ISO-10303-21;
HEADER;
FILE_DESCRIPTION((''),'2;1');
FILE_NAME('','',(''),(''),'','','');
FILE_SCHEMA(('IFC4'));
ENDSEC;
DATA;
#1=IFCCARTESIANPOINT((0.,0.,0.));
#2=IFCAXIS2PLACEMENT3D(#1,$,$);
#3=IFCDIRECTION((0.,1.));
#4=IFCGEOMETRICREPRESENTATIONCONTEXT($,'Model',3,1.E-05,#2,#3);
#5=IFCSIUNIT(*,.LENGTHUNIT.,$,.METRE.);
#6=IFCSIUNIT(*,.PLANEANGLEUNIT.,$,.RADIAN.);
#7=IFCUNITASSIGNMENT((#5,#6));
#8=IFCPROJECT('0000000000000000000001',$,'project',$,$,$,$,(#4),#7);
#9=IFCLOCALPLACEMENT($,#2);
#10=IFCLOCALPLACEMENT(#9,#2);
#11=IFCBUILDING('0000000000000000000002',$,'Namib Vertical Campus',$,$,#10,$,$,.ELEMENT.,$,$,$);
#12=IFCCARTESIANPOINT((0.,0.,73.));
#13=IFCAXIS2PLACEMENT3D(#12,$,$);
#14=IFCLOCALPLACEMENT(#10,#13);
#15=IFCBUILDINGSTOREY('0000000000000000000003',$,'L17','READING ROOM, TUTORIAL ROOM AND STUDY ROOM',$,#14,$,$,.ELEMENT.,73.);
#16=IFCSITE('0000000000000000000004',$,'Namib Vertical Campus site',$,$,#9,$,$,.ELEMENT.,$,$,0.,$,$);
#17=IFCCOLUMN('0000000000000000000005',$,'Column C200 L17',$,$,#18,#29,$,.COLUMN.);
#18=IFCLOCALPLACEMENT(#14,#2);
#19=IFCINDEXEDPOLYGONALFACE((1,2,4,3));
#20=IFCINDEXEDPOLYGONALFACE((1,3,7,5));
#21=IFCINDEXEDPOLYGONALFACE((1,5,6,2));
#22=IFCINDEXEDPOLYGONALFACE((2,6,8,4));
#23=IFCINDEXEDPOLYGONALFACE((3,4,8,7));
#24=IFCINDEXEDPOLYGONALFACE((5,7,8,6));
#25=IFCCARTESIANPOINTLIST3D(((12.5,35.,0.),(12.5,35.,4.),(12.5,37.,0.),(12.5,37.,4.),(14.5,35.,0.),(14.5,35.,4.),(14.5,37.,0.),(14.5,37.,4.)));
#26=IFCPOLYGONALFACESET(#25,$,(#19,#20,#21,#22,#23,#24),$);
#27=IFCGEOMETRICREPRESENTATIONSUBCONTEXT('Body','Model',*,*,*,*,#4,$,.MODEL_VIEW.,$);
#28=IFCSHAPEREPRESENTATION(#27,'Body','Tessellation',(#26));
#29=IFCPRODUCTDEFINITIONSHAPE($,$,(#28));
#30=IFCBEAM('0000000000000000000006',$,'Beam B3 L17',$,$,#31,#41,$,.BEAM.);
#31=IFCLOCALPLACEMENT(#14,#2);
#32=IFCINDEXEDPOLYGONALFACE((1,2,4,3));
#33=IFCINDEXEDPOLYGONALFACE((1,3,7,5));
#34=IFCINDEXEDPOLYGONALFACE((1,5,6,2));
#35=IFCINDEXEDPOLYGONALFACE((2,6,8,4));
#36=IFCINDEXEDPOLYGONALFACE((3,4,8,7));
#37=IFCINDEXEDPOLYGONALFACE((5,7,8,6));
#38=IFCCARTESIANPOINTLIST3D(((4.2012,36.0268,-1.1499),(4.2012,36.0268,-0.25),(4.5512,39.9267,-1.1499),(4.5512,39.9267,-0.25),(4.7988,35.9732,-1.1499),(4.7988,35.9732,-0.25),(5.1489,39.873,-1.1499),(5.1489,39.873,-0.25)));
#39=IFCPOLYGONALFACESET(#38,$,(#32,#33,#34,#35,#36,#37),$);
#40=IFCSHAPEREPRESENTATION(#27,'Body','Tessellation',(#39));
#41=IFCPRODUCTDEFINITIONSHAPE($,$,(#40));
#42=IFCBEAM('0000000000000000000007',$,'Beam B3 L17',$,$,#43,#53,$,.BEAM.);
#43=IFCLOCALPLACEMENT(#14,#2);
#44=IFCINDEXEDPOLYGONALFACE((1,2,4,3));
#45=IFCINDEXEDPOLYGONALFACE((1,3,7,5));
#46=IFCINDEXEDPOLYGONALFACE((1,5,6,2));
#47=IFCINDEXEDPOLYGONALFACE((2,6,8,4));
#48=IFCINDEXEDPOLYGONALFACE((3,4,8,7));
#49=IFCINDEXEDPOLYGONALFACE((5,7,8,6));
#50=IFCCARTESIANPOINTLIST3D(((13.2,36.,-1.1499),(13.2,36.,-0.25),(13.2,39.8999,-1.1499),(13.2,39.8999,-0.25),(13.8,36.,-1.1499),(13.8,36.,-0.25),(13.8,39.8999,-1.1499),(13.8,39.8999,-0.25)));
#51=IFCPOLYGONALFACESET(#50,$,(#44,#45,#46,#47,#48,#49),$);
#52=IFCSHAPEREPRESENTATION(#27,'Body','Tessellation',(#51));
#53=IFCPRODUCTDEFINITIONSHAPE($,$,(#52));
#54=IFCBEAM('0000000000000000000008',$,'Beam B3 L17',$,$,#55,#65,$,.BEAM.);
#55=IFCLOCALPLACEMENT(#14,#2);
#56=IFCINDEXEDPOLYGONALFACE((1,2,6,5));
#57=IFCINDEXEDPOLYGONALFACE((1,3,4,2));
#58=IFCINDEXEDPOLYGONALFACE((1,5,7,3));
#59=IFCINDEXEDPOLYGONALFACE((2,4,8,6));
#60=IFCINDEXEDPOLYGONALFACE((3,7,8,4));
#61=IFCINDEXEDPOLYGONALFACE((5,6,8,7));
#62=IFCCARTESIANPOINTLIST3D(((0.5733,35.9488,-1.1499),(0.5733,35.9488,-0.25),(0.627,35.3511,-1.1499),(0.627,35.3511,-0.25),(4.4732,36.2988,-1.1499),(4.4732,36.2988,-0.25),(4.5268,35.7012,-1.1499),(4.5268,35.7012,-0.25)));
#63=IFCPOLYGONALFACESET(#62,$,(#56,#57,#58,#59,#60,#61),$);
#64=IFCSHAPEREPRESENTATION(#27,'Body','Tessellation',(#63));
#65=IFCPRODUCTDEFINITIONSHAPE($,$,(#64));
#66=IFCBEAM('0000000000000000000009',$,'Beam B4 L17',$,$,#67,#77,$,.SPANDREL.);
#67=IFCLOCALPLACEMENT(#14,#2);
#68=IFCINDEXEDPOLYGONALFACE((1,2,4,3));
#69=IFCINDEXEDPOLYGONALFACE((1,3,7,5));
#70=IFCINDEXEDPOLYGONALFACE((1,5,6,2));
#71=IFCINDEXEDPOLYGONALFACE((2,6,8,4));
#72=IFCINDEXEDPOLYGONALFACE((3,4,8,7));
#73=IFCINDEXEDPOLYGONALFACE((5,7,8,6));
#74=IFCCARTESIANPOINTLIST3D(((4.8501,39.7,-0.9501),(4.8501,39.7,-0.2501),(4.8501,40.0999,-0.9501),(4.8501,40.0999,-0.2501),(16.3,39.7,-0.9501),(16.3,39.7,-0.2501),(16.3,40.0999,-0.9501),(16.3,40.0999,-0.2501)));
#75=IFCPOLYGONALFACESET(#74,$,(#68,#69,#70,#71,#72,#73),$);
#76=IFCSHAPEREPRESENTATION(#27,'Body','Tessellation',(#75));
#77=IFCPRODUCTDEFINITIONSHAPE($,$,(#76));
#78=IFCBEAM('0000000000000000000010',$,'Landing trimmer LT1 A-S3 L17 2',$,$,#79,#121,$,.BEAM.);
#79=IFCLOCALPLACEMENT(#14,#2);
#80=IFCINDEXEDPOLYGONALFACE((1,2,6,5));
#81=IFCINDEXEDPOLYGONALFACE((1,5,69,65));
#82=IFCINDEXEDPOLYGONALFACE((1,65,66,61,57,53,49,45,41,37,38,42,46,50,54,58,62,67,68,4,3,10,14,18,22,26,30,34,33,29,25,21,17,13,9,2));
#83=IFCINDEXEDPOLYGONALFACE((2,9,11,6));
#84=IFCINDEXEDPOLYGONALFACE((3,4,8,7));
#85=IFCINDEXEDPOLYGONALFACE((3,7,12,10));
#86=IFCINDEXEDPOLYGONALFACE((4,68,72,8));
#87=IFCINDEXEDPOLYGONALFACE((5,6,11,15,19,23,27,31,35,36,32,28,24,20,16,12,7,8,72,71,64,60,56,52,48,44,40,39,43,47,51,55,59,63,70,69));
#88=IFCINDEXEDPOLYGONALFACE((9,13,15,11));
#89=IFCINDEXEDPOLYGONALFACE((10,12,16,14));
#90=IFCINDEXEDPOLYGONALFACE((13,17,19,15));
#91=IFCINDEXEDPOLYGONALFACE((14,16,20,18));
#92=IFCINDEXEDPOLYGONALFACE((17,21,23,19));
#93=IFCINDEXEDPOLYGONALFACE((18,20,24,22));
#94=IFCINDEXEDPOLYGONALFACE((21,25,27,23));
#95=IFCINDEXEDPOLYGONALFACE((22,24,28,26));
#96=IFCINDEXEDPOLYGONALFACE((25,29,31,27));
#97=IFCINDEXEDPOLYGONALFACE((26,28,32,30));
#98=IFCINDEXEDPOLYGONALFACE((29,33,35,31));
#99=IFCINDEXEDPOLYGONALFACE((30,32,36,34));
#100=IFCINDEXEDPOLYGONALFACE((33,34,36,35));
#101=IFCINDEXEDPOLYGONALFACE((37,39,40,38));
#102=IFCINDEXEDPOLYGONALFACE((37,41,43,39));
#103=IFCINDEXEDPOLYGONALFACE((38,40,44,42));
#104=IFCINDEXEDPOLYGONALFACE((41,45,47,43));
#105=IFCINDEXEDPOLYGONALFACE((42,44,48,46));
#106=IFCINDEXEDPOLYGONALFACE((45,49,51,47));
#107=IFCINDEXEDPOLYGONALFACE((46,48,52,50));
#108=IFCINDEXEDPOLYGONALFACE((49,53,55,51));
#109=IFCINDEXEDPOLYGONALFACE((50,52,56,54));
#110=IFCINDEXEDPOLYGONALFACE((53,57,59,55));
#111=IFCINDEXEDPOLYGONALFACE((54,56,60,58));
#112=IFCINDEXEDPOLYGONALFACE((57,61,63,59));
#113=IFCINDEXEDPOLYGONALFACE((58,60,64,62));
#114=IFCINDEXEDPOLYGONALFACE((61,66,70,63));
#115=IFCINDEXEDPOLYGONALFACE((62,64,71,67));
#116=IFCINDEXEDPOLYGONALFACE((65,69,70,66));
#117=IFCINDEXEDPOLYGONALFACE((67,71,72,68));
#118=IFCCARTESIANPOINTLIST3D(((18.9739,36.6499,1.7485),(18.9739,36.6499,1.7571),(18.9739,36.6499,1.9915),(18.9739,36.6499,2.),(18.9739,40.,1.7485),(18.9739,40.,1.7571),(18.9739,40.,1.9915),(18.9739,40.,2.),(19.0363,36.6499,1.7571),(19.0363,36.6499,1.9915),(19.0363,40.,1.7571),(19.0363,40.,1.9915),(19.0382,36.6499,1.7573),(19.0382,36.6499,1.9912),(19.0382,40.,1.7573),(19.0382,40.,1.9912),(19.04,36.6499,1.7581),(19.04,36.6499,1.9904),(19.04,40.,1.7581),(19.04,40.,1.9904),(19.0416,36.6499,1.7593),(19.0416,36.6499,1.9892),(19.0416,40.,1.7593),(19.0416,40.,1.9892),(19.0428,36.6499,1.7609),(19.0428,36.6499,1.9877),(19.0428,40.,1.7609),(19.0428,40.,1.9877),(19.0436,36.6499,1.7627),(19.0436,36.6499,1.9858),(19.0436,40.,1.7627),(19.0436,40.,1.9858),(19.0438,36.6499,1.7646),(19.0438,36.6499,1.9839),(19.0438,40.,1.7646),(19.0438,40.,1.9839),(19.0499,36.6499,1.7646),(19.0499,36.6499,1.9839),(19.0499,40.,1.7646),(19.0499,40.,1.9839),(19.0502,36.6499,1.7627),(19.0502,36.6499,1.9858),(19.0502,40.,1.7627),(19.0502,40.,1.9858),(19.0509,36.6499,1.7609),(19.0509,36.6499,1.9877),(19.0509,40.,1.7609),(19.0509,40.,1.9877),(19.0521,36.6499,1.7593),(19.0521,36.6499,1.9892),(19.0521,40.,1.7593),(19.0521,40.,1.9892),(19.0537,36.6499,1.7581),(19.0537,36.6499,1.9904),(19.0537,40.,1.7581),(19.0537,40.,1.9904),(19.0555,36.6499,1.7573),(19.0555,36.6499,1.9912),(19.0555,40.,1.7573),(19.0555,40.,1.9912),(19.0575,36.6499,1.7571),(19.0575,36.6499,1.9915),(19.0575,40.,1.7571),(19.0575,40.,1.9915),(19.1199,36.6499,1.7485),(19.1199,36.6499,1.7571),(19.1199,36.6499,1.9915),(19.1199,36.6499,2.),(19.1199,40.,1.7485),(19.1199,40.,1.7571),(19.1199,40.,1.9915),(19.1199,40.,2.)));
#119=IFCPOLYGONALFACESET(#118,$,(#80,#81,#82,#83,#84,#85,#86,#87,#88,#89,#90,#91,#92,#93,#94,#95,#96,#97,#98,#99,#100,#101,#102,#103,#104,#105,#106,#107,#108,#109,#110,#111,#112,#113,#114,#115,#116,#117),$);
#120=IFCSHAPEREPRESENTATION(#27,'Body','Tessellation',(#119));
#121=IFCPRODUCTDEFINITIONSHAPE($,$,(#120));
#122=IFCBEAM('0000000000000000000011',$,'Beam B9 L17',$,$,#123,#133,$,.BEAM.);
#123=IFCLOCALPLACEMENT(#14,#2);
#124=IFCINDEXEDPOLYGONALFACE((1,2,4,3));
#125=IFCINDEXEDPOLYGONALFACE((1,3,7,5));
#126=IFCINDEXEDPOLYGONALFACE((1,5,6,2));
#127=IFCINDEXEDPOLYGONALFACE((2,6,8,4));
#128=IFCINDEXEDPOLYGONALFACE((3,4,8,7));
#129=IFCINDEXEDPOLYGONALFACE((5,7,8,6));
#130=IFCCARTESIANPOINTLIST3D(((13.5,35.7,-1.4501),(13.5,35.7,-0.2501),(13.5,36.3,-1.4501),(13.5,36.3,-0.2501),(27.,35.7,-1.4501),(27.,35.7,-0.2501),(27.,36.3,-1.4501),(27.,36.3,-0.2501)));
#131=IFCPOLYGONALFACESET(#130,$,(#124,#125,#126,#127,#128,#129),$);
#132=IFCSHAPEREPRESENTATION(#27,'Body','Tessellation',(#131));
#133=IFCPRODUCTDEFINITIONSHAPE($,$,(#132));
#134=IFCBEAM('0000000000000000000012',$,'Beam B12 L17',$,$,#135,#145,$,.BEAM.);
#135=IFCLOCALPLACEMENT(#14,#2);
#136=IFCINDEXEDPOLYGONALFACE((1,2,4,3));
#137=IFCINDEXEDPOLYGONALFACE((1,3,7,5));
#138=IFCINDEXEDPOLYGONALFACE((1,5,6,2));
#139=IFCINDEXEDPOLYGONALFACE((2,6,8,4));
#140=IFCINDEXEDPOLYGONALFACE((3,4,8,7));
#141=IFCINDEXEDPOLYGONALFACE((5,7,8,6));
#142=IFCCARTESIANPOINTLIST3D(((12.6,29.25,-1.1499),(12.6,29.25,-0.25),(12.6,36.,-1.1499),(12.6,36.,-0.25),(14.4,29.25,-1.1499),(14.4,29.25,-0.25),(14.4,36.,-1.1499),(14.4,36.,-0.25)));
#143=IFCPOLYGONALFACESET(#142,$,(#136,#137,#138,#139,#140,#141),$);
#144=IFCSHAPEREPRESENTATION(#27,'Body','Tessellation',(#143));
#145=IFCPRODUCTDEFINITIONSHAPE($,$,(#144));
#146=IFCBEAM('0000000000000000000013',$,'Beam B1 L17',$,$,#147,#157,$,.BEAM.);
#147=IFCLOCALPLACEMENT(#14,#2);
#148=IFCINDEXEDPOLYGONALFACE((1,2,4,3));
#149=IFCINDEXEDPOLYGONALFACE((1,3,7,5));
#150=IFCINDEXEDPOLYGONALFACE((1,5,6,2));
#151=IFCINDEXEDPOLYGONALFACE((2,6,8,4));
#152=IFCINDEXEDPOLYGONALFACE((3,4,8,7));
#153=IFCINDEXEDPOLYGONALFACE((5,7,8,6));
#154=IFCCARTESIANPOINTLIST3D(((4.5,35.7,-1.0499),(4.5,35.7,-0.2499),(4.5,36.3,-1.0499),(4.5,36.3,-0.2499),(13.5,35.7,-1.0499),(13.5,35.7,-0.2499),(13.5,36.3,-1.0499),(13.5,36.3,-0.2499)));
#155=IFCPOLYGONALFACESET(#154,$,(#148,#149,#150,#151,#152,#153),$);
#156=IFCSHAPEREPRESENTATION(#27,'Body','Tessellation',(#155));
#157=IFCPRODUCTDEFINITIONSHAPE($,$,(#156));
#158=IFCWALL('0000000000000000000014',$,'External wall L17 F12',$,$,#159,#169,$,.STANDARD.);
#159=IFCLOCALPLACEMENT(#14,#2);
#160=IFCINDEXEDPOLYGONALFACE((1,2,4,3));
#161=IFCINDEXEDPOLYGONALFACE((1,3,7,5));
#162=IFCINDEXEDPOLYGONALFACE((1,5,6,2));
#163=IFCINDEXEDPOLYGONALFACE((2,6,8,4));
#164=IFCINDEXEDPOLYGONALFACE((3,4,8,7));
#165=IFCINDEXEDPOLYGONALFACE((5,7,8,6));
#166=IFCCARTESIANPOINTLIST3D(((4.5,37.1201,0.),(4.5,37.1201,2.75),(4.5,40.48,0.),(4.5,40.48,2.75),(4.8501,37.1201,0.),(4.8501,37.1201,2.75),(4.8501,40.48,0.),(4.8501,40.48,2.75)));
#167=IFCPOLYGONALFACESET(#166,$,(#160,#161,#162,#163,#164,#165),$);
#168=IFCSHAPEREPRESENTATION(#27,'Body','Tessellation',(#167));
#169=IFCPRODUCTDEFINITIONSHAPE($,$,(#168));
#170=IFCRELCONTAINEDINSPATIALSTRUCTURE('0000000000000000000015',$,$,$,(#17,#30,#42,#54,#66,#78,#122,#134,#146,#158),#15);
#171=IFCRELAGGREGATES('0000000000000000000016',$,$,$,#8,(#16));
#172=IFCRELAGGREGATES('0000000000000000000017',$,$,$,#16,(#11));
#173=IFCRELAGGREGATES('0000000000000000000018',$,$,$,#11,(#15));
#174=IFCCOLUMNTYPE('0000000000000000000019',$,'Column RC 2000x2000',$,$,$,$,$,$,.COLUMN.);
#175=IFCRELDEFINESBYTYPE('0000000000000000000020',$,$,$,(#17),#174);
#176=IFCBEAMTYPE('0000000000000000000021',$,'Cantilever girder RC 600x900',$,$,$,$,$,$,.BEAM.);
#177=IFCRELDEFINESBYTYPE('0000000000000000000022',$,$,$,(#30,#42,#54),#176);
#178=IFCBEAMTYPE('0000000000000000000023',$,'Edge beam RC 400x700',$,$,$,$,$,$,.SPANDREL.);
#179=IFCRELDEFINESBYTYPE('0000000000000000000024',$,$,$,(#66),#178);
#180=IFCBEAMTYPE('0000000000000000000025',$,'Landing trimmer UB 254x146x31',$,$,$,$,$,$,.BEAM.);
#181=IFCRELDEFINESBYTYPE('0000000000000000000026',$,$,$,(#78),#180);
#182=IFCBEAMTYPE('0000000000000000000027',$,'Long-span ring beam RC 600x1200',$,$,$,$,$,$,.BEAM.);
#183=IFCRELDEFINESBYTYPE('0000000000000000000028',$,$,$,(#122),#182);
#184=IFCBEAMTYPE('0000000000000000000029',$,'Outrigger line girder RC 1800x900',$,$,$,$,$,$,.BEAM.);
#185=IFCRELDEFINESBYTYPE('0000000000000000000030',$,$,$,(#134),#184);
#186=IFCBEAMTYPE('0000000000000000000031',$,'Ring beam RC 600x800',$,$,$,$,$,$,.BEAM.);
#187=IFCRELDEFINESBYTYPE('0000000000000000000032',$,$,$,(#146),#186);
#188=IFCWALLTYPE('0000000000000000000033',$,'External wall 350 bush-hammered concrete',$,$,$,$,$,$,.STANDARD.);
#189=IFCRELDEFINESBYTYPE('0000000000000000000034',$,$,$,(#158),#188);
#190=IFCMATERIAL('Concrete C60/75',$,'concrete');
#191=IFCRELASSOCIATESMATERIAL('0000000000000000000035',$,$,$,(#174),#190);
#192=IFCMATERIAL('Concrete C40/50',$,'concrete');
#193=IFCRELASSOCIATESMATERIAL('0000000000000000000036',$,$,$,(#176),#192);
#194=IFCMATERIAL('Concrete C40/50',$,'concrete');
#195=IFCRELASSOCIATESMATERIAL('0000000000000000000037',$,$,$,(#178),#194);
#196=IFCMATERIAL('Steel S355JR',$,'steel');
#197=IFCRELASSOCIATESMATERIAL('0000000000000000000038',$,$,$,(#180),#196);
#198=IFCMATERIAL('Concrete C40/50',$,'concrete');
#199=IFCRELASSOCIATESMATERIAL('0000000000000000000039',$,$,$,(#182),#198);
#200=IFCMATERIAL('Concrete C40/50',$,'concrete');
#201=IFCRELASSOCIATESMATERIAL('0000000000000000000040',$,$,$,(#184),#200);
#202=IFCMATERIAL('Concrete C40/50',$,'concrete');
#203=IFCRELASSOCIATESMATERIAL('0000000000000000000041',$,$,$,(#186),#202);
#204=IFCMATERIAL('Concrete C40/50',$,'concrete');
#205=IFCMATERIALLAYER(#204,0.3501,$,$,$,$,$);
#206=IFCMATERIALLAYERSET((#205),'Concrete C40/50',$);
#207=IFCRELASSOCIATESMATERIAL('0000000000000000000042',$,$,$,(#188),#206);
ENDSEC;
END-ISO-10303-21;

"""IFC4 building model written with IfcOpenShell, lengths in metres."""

from ifc_helpers import new_model, si_unit, direction, frame, frame_2d, origin, origin_2d, place, context, subcontext, project, spatial, rectangle, i_section, extrude, material, layer, layer_set, material_profile, profile_set, type_object, element, save


model = new_model("IFC4")

# Units and contexts
model_context = context("Model", 3, precision=1e-05, world=origin(), true_north=direction((0.0, 1.0)))
body_context = subcontext(model_context, "Body", "Model", "MODEL_VIEW")
ifc_project = project(units=[si_unit("LENGTHUNIT", "METRE"), si_unit("PLANEANGLEUNIT", "RADIAN")], contexts=[model_context])

# Site, building, storey
site_placement = place(None, origin())
site = spatial("IfcSite", under=ifc_project, at=site_placement, Name="Namib Vertical Campus site", CompositionType="ELEMENT", RefElevation=0.0)
building_placement = place(site_placement, origin())
building = spatial("IfcBuilding", under=site, at=building_placement, Name="Namib Vertical Campus", CompositionType="ELEMENT")
storey_placement = place(building_placement, frame((0.0, 0.0, 73.0)))
storey = spatial("IfcBuildingStorey", under=building, at=storey_placement, Name="L17", Description="READING ROOM, TUTORIAL ROOM AND STUDY ROOM", CompositionType="ELEMENT", Elevation=73.0)

# Column
ifc_material_1 = material(Name="Concrete C60/75", Category="concrete")
ifc_material_profile_1 = material_profile(ifc_material_1, rectangle(XDim=2.0, YDim=2.0, at=origin_2d()))
ifc_profile_set_1 = profile_set([ifc_material_profile_1], Name="Concrete C60/75")
column_type = type_object("IfcColumnType", Name="Column RC 2000x2000", PredefinedType="COLUMN", material=ifc_profile_set_1)
column_placement = place(storey_placement, frame((13.5, 36.0, 0.0), z_axis=(0.0, 0.0, 1.0), x_axis=(1.0, 0.0, 0.0)))
element("IfcColumn", 1, at=column_placement, inside=storey, type_object=column_type, Name="Column C200 L17", PredefinedType="COLUMN", context=body_context, shape_type="SweptSolid", body=[
    extrude(rectangle(XDim=2.0, YDim=2.0, at=origin_2d()), origin(), (0.0, 0.0, 1.0), 4.0),
])

# Beams
ifc_material_2 = material(Name="Concrete C40/50", Category="concrete")
ifc_material_profile_2 = material_profile(ifc_material_2, rectangle(XDim=0.6001, YDim=0.8999, at=origin_2d()))
ifc_profile_set_2 = profile_set([ifc_material_profile_2], Name="Concrete C40/50")
beam_type_1 = type_object("IfcBeamType", Name="Cantilever girder RC 600x900", PredefinedType="BEAM", material=ifc_profile_set_2)
beam_1_placement = place(storey_placement, frame((4.5, 36.0, -0.7), z_axis=(0.089411, 0.995995, 0.0), x_axis=(-0.995995, 0.089411, 0.0)))
element("IfcBeam", 2, at=beam_1_placement, inside=storey, type_object=beam_type_1, Name="Beam B3 L17", PredefinedType="BEAM", context=body_context, shape_type="SweptSolid", body=[
    extrude(rectangle(XDim=0.6001, YDim=0.8999, at=origin_2d()), origin(), (0.0, 0.0, 1.0), 3.9155),
])
beam_2_placement = place(storey_placement, frame((13.5, 36.0, -0.7), z_axis=(0.0, 1.0, 0.0), x_axis=(-1.0, 0.0, 0.0)))
element("IfcBeam", 3, at=beam_2_placement, inside=storey, type_object=beam_type_1, Name="Beam B3 L17", PredefinedType="BEAM", context=body_context, shape_type="SweptSolid", body=[
    extrude(rectangle(XDim=0.6001, YDim=0.8999, at=origin_2d()), origin(), (0.0, 0.0, 1.0), 3.8999),
])
beam_3_placement = place(storey_placement, frame((4.5, 36.0, -0.7), z_axis=(-0.995995, -0.089411, 0.0), x_axis=(0.089411, -0.995995, 0.0)))
element("IfcBeam", 4, at=beam_3_placement, inside=storey, type_object=beam_type_1, Name="Beam B3 L17", PredefinedType="BEAM", context=body_context, shape_type="SweptSolid", body=[
    extrude(rectangle(XDim=0.6001, YDim=0.8999, at=origin_2d()), origin(), (0.0, 0.0, 1.0), 3.9155),
])
ifc_material_3 = material(Name="Concrete C40/50", Category="concrete")
ifc_material_profile_3 = material_profile(ifc_material_3, rectangle(XDim=0.3999, YDim=0.7, at=origin_2d()))
ifc_profile_set_3 = profile_set([ifc_material_profile_3], Name="Concrete C40/50")
beam_type_2 = type_object("IfcBeamType", Name="Edge beam RC 400x700", PredefinedType="SPANDREL", material=ifc_profile_set_3)
beam_4_placement = place(storey_placement, frame((4.8501, 39.8999, -0.6001), z_axis=(1.0, 0.0, 0.0), x_axis=(0.0, 1.0, 0.0)))
element("IfcBeam", 5, at=beam_4_placement, inside=storey, type_object=beam_type_2, Name="Beam B4 L17", PredefinedType="SPANDREL", context=body_context, shape_type="SweptSolid", body=[
    extrude(rectangle(XDim=0.3999, YDim=0.7, at=origin_2d()), origin(), (0.0, 0.0, 1.0), 11.45),
])
ifc_material_4 = material(Name="Steel S355JR", Category="steel")
ifc_material_profile_4 = material_profile(ifc_material_4, i_section(OverallWidth=0.146, OverallDepth=0.2515, WebThickness=0.0061, FlangeThickness=0.0085, FilletRadius=0.0076, at=origin_2d()))
ifc_profile_set_4 = profile_set([ifc_material_profile_4], Name="Steel S355JR")
beam_type_3 = type_object("IfcBeamType", Name="Landing trimmer UB 254x146x31", PredefinedType="BEAM", material=ifc_profile_set_4)
beam_5_placement = place(storey_placement, frame((19.0469, 36.6499, 1.8743), z_axis=(0.0, 1.0, 0.0), x_axis=(-1.0, 0.0, 0.0)))
element("IfcBeam", 6, at=beam_5_placement, inside=storey, type_object=beam_type_3, Name="Landing trimmer LT1 A-S3 L17 2", PredefinedType="BEAM", context=body_context, shape_type="SweptSolid", body=[
    extrude(i_section(OverallWidth=0.146, OverallDepth=0.2515, WebThickness=0.0061, FlangeThickness=0.0085, FilletRadius=0.0076, at=origin_2d()), origin(), (0.0, 0.0, 1.0), 3.3501),
])
ifc_material_5 = material(Name="Concrete C40/50", Category="concrete")
ifc_material_profile_5 = material_profile(ifc_material_5, rectangle(XDim=0.6001, YDim=1.2, at=origin_2d()))
ifc_profile_set_5 = profile_set([ifc_material_profile_5], Name="Concrete C40/50")
beam_type_4 = type_object("IfcBeamType", Name="Long-span ring beam RC 600x1200", PredefinedType="BEAM", material=ifc_profile_set_5)
beam_6_placement = place(storey_placement, frame((13.5, 36.0, -0.8501), z_axis=(1.0, 0.0, 0.0), x_axis=(0.0, 1.0, 0.0)))
element("IfcBeam", 7, at=beam_6_placement, inside=storey, type_object=beam_type_4, Name="Beam B9 L17", PredefinedType="BEAM", context=body_context, shape_type="SweptSolid", body=[
    extrude(rectangle(XDim=0.6001, YDim=1.2, at=origin_2d()), origin(), (0.0, 0.0, 1.0), 13.5),
])
ifc_material_6 = material(Name="Concrete C40/50", Category="concrete")
ifc_material_profile_6 = material_profile(ifc_material_6, rectangle(XDim=1.8, YDim=0.8999, at=origin_2d()))
ifc_profile_set_6 = profile_set([ifc_material_profile_6], Name="Concrete C40/50")
beam_type_5 = type_object("IfcBeamType", Name="Outrigger line girder RC 1800x900", PredefinedType="BEAM", material=ifc_profile_set_6)
beam_7_placement = place(storey_placement, frame((13.5, 36.0, -0.7), z_axis=(0.0, -1.0, 0.0), x_axis=(1.0, 0.0, 0.0)))
element("IfcBeam", 8, at=beam_7_placement, inside=storey, type_object=beam_type_5, Name="Beam B12 L17", PredefinedType="BEAM", context=body_context, shape_type="SweptSolid", body=[
    extrude(rectangle(XDim=1.8, YDim=0.8999, at=origin_2d()), origin(), (0.0, 0.0, 1.0), 6.75),
])
ifc_material_7 = material(Name="Concrete C40/50", Category="concrete")
ifc_material_profile_7 = material_profile(ifc_material_7, rectangle(XDim=0.6001, YDim=0.8, at=origin_2d()))
ifc_profile_set_7 = profile_set([ifc_material_profile_7], Name="Concrete C40/50")
beam_type_6 = type_object("IfcBeamType", Name="Ring beam RC 600x800", PredefinedType="BEAM", material=ifc_profile_set_7)
beam_8_placement = place(storey_placement, frame((4.5, 36.0, -0.6499), z_axis=(1.0, 0.0, 0.0), x_axis=(0.0, 1.0, 0.0)))
element("IfcBeam", 9, at=beam_8_placement, inside=storey, type_object=beam_type_6, Name="Beam B1 L17", PredefinedType="BEAM", context=body_context, shape_type="SweptSolid", body=[
    extrude(rectangle(XDim=0.6001, YDim=0.8, at=origin_2d()), origin(), (0.0, 0.0, 1.0), 9.0),
])

# Wall
ifc_material_8 = material(Name="Concrete C40/50", Category="concrete")
ifc_layer_1 = layer(ifc_material_8, 0.3501)
ifc_layer_set_1 = layer_set([ifc_layer_1], Name="Concrete C40/50")
wall_type_1 = type_object("IfcWallType", Name="External wall 350 bush-hammered concrete", PredefinedType="STANDARD", material=ifc_layer_set_1)
wall_1_placement = place(storey_placement, frame((4.675, 40.48, 0.0), z_axis=(0.0, 0.0, 1.0), x_axis=(0.0, -1.0, 0.0)))
element("IfcWall", 10, at=wall_1_placement, inside=storey, type_object=wall_type_1, Name="External wall L17 F12", PredefinedType="STANDARD", context=body_context, shape_type="SweptSolid", body=[
    extrude(rectangle(XDim=3.3599, YDim=0.3501, at=frame_2d((1.6799, 0.0))), origin(), (0.0, 0.0, 1.0), 2.75),
])

save(model, "model.ifc")
